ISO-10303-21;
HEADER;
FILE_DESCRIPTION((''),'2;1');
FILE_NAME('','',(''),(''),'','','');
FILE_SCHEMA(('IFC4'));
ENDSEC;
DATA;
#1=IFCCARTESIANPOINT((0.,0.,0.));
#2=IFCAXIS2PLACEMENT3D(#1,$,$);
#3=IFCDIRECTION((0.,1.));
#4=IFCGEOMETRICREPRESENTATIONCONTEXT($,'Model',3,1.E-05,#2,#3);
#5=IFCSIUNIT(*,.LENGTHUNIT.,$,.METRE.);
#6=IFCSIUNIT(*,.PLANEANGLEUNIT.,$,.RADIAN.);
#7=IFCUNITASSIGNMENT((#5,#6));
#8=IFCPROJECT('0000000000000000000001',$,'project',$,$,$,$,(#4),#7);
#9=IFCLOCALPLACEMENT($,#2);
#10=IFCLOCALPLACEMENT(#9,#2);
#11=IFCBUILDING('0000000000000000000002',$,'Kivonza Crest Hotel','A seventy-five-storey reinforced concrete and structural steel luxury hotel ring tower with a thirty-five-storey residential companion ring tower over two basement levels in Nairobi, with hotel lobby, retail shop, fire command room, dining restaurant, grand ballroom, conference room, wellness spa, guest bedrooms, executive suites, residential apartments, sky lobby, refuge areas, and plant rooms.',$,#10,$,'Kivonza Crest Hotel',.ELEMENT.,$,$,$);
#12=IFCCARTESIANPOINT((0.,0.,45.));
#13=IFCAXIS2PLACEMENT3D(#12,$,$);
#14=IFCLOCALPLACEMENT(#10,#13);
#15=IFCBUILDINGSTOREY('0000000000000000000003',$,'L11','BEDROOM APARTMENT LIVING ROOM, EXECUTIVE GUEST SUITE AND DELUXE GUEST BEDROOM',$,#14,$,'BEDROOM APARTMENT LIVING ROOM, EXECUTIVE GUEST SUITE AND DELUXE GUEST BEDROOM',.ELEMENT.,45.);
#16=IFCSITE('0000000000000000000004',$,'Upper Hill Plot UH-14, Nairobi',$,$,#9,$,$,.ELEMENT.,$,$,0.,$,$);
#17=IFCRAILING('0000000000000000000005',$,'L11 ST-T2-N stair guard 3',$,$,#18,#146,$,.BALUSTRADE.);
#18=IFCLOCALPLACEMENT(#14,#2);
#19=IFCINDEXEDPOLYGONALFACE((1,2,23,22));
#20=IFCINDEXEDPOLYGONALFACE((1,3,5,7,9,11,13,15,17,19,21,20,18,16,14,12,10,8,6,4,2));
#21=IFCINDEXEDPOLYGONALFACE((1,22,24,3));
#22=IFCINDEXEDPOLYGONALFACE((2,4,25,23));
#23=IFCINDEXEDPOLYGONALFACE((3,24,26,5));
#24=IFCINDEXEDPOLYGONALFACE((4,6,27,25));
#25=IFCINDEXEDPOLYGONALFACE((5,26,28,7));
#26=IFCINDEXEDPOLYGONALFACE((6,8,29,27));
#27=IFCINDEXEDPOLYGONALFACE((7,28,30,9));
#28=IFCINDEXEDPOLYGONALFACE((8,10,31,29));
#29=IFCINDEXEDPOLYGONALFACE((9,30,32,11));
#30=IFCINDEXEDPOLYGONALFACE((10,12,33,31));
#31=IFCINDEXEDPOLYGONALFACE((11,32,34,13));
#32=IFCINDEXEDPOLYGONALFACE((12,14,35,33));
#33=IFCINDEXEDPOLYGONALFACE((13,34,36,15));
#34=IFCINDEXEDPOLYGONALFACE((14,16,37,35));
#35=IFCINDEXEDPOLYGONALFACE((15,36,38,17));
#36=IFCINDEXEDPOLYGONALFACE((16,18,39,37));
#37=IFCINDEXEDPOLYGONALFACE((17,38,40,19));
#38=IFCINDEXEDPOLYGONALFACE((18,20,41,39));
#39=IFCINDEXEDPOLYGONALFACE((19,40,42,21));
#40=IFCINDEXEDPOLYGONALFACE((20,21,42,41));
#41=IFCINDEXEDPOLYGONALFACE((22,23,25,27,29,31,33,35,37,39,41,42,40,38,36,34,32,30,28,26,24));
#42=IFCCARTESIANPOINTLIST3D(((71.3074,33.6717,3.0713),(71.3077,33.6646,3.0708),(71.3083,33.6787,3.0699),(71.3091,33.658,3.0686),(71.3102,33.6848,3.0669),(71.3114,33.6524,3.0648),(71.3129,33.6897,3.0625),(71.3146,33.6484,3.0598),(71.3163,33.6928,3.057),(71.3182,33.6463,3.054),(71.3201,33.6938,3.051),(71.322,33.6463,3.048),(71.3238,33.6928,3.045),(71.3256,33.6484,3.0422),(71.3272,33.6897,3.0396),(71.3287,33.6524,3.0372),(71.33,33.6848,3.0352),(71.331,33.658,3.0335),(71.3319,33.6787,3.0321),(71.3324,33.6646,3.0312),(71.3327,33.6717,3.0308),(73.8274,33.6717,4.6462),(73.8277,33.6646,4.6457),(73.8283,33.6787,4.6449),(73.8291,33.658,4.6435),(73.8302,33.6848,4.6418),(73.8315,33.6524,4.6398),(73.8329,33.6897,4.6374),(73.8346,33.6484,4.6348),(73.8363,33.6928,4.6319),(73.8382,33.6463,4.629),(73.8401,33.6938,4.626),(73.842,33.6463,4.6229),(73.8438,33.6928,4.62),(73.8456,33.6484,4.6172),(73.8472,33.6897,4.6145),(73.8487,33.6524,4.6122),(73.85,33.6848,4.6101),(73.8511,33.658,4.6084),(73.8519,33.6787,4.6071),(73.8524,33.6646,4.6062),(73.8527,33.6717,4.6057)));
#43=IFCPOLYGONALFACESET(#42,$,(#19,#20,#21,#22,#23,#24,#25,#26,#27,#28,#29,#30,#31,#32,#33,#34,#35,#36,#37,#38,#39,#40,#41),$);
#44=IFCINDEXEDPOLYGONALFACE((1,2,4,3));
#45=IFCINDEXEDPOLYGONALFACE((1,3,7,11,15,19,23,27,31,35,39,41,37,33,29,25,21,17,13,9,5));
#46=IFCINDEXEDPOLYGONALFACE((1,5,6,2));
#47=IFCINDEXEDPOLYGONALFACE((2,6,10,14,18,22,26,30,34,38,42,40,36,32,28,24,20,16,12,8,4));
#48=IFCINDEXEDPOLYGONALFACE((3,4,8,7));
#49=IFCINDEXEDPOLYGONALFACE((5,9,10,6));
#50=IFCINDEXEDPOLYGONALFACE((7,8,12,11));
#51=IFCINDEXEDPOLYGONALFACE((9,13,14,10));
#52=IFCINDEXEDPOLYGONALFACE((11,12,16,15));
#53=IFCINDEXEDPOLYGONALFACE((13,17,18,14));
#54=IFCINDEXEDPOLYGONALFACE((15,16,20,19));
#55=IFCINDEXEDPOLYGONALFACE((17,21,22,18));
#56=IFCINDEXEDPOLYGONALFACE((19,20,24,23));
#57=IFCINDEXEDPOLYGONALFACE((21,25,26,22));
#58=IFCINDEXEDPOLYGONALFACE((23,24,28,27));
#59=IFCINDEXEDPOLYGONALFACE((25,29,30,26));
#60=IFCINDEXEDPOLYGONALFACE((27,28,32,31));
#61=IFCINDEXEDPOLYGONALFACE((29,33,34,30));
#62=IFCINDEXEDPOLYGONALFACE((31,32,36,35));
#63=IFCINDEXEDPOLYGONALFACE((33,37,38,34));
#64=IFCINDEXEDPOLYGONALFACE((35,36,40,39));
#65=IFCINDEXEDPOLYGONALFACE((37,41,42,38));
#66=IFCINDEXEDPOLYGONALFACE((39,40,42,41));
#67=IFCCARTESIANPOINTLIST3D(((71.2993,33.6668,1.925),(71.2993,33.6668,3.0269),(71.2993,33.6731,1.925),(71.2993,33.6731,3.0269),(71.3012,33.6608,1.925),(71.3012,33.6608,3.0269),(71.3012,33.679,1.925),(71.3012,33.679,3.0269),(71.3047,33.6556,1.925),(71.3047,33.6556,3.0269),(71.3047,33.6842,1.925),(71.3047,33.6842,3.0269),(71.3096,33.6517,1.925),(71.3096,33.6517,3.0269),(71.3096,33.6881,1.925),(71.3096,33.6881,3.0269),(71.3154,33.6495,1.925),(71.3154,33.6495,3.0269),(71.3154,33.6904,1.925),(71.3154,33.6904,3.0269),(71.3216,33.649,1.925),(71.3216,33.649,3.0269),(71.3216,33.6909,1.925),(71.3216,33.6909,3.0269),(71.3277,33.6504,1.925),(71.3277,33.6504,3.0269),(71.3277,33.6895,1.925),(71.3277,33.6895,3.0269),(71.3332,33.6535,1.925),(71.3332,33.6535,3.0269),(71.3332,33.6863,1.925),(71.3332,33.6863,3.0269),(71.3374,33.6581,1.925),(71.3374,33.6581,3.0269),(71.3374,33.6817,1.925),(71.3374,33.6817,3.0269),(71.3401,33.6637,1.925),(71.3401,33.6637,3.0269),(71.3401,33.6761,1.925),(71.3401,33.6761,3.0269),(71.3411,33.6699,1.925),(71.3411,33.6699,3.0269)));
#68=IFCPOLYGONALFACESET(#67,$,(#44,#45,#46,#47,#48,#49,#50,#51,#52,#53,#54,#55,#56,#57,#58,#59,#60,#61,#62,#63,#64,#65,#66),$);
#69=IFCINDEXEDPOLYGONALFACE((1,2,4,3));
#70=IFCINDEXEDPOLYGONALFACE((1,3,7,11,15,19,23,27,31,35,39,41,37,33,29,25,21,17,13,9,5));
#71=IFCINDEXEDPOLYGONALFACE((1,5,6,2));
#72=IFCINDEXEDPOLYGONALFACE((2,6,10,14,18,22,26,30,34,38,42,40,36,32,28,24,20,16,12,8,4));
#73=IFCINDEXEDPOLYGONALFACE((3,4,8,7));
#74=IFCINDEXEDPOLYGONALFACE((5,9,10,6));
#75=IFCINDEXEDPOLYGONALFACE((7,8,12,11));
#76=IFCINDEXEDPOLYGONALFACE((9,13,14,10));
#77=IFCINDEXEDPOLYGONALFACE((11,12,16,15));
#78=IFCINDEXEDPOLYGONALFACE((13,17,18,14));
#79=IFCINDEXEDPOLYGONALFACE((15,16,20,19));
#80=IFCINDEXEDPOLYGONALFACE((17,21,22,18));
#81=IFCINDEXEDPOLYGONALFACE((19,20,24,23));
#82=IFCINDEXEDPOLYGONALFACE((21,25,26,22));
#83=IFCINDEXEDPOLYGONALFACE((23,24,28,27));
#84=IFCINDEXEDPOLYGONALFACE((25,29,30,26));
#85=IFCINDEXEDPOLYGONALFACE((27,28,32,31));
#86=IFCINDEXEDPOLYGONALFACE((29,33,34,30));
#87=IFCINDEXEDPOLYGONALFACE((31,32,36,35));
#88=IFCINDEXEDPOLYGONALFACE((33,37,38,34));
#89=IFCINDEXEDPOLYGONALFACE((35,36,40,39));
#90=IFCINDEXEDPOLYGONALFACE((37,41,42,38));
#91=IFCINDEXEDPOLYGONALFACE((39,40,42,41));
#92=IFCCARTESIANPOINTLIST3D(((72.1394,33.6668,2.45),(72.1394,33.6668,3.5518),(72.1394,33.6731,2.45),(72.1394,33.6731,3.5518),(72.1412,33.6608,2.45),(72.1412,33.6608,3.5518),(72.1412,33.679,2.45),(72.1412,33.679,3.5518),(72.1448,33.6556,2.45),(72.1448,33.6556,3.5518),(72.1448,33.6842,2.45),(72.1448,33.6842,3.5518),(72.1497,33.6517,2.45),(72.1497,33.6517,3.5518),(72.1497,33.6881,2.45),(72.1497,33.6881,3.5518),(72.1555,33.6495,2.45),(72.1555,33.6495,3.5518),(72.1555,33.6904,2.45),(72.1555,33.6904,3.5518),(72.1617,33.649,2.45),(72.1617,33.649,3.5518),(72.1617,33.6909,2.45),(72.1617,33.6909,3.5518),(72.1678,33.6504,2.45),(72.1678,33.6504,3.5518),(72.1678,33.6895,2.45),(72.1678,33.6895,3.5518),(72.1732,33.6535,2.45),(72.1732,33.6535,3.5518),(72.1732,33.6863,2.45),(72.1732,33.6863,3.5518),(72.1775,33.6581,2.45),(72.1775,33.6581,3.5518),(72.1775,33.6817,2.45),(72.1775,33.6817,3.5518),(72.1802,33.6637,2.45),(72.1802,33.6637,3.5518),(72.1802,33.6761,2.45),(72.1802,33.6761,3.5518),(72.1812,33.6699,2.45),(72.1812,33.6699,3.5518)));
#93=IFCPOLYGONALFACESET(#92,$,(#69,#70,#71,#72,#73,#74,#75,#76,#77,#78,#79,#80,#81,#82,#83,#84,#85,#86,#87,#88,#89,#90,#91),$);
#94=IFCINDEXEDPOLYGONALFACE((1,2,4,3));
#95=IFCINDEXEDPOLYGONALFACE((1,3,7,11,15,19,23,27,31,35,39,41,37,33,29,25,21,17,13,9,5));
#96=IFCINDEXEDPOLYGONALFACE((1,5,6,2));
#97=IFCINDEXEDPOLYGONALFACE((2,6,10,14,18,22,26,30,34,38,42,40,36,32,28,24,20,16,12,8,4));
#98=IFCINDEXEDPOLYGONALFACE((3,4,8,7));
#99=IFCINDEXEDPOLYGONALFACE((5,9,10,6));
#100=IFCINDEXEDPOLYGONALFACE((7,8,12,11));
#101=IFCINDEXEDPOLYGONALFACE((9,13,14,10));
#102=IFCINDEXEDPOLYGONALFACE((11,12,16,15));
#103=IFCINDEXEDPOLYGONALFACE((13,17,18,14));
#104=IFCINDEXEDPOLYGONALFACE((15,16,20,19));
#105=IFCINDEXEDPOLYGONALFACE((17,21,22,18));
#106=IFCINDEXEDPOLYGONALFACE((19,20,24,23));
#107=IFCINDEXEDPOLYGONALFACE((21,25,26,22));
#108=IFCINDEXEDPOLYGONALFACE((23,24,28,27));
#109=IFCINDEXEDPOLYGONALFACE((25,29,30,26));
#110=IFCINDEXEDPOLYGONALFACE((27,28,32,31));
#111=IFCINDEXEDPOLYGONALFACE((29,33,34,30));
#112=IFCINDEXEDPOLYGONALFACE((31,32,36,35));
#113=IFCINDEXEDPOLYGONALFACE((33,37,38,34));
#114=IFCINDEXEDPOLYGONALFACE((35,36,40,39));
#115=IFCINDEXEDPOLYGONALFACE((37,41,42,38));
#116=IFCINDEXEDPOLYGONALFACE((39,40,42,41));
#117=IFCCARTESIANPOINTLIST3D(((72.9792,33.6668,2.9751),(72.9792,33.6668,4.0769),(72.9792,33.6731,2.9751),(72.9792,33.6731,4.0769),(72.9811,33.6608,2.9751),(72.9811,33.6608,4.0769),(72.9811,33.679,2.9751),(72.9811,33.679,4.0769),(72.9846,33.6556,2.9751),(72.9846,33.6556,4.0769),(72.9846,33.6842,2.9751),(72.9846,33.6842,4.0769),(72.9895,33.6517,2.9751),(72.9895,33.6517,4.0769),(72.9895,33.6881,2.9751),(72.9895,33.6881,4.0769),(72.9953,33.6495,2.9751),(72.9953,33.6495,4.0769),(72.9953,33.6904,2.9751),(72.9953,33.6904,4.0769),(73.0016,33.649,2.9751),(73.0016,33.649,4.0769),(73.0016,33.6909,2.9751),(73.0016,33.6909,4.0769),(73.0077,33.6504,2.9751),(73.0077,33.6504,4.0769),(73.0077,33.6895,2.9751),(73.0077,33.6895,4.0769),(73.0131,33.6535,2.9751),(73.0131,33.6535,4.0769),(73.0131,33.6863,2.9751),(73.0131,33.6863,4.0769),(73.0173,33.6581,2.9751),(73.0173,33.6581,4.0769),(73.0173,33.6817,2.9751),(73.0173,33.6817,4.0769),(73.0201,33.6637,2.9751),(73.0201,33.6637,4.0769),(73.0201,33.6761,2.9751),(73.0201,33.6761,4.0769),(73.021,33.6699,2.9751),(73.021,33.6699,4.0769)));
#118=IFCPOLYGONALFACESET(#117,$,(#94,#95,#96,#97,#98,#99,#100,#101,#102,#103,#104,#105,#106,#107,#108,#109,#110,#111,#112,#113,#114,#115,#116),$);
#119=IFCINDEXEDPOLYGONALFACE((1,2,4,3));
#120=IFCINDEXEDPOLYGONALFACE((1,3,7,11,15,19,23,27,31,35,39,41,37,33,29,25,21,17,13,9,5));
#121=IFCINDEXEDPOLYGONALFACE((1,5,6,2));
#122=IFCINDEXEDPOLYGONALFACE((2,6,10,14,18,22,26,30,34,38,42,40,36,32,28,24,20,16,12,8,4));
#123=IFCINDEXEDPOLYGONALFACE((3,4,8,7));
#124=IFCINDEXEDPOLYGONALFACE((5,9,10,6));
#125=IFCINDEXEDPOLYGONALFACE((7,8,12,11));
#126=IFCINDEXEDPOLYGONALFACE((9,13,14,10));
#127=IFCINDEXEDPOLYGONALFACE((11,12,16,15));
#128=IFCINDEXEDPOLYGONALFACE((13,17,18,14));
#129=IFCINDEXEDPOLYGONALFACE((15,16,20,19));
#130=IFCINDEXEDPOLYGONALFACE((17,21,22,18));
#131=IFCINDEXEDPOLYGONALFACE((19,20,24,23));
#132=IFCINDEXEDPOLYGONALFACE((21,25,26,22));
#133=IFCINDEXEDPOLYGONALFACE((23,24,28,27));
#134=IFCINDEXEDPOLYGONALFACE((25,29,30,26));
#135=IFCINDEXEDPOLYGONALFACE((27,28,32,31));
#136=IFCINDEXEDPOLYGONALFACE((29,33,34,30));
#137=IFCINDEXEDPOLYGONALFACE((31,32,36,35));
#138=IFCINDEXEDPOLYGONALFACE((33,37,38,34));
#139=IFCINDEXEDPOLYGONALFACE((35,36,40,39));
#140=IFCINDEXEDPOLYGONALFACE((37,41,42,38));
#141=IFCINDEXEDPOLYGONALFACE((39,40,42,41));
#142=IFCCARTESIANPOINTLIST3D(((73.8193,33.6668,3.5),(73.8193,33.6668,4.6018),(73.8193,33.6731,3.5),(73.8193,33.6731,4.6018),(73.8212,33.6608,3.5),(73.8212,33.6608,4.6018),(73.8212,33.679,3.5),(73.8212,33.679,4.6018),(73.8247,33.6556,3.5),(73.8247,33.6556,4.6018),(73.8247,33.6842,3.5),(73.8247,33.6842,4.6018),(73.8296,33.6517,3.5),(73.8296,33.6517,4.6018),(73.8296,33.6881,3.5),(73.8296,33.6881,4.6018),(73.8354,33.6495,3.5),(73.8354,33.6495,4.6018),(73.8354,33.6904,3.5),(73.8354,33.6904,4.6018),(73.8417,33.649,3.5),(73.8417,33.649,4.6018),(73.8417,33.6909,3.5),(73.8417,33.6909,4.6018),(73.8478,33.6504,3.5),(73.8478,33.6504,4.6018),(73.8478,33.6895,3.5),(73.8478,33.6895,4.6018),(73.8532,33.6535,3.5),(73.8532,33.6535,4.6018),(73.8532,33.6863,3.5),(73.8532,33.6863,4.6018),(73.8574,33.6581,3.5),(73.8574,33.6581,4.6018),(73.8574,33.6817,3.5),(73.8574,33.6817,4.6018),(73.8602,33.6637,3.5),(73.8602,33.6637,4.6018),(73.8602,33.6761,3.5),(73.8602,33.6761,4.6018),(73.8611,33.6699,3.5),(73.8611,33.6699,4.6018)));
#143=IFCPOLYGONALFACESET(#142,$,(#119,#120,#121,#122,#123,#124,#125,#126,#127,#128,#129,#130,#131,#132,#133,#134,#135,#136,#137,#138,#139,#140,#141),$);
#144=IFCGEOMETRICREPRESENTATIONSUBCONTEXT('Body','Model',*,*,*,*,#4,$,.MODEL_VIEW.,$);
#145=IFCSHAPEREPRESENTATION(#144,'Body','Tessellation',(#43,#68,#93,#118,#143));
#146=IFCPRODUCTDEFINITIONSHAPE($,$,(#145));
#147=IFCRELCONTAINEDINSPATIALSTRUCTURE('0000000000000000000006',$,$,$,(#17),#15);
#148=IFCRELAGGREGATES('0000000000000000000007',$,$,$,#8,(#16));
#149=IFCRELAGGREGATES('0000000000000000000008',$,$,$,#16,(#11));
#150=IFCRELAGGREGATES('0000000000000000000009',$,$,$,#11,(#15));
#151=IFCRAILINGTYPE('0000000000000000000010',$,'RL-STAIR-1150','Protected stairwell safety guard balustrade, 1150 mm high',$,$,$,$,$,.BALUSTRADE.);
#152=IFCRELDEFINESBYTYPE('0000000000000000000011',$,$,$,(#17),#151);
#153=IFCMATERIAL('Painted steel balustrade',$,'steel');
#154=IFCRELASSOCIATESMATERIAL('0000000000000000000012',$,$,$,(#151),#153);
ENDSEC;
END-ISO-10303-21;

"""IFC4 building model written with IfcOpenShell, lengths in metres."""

from ifc_helpers import new_model, si_unit, direction, frame, origin, origin_2d, place, context, subcontext, project, spatial, circle, extrude, material, type_object, element, save


model = new_model("IFC4")

# Units and contexts
model_context = context("Model", 3, precision=1e-05, world=origin(), true_north=direction((0.0, 1.0)))
body_context = subcontext(model_context, "Body", "Model", "MODEL_VIEW")
ifc_project = project(units=[si_unit("LENGTHUNIT", "METRE"), si_unit("PLANEANGLEUNIT", "RADIAN")], contexts=[model_context])

# Site, building, storey
site_placement = place(None, origin())
site = spatial("IfcSite", under=ifc_project, at=site_placement, Name="Upper Hill Plot UH-14, Nairobi", CompositionType="ELEMENT", RefElevation=0.0)
building_placement = place(site_placement, origin())
building = spatial("IfcBuilding", under=site, at=building_placement, Name="Kivonza Crest Hotel", Description="A seventy-five-storey reinforced concrete and structural steel luxury hotel ring tower with a thirty-five-storey residential companion ring tower over two basement levels in Nairobi, with hotel lobby, retail shop, fire command room, dining restaurant, grand ballroom, conference room, wellness spa, guest bedrooms, executive suites, residential apartments, sky lobby, refuge areas, and plant rooms.", LongName="Kivonza Crest Hotel", CompositionType="ELEMENT")
storey_placement = place(building_placement, frame((0.0, 0.0, 45.0)))
storey = spatial("IfcBuildingStorey", under=building, at=storey_placement, Name="L11", Description="BEDROOM APARTMENT LIVING ROOM, EXECUTIVE GUEST SUITE AND DELUXE GUEST BEDROOM", LongName="BEDROOM APARTMENT LIVING ROOM, EXECUTIVE GUEST SUITE AND DELUXE GUEST BEDROOM", CompositionType="ELEMENT", Elevation=45.0)

# Railing
ifc_material_1 = material(Name="Painted steel balustrade", Category="steel")
railing_type_1 = type_object("IfcRailingType", Name="RL-STAIR-1150", Description="Protected stairwell safety guard balustrade, 1150 mm high", PredefinedType="BALUSTRADE", material=ifc_material_1)
railing_1_placement = place(storey_placement, frame((71.3201, 33.6699, 1.925)))
element("IfcRailing", 1, at=railing_1_placement, inside=storey, type_object=railing_type_1, Name="L11 ST-T2-N stair guard 3", PredefinedType="BALUSTRADE", context=body_context, shape_type="SweptSolid", body=[
    extrude(circle(Radius=0.0239, at=origin_2d()), frame((0.0, 0.0, 1.126), z_axis=(0.848008, 0.0, 0.529984), x_axis=(0.0, 1.0, 0.0)), (0.0, 0.0, 1.0), 2.9717),
    extrude(circle(Radius=0.021, at=origin_2d()), origin(), (0.0, 0.0, 1.0), 1.1018),
    extrude(circle(Radius=0.021, at=origin_2d()), frame((0.8401, 0.0, 0.5249)), (0.0, 0.0, 1.0), 1.1018),
    extrude(circle(Radius=0.021, at=origin_2d()), frame((1.6799, 0.0, 1.05)), (0.0, 0.0, 1.0), 1.1018),
    extrude(circle(Radius=0.021, at=origin_2d()), frame((2.52, 0.0, 1.575)), (0.0, 0.0, 1.0), 1.1018),
])

save(model, "model.ifc")
